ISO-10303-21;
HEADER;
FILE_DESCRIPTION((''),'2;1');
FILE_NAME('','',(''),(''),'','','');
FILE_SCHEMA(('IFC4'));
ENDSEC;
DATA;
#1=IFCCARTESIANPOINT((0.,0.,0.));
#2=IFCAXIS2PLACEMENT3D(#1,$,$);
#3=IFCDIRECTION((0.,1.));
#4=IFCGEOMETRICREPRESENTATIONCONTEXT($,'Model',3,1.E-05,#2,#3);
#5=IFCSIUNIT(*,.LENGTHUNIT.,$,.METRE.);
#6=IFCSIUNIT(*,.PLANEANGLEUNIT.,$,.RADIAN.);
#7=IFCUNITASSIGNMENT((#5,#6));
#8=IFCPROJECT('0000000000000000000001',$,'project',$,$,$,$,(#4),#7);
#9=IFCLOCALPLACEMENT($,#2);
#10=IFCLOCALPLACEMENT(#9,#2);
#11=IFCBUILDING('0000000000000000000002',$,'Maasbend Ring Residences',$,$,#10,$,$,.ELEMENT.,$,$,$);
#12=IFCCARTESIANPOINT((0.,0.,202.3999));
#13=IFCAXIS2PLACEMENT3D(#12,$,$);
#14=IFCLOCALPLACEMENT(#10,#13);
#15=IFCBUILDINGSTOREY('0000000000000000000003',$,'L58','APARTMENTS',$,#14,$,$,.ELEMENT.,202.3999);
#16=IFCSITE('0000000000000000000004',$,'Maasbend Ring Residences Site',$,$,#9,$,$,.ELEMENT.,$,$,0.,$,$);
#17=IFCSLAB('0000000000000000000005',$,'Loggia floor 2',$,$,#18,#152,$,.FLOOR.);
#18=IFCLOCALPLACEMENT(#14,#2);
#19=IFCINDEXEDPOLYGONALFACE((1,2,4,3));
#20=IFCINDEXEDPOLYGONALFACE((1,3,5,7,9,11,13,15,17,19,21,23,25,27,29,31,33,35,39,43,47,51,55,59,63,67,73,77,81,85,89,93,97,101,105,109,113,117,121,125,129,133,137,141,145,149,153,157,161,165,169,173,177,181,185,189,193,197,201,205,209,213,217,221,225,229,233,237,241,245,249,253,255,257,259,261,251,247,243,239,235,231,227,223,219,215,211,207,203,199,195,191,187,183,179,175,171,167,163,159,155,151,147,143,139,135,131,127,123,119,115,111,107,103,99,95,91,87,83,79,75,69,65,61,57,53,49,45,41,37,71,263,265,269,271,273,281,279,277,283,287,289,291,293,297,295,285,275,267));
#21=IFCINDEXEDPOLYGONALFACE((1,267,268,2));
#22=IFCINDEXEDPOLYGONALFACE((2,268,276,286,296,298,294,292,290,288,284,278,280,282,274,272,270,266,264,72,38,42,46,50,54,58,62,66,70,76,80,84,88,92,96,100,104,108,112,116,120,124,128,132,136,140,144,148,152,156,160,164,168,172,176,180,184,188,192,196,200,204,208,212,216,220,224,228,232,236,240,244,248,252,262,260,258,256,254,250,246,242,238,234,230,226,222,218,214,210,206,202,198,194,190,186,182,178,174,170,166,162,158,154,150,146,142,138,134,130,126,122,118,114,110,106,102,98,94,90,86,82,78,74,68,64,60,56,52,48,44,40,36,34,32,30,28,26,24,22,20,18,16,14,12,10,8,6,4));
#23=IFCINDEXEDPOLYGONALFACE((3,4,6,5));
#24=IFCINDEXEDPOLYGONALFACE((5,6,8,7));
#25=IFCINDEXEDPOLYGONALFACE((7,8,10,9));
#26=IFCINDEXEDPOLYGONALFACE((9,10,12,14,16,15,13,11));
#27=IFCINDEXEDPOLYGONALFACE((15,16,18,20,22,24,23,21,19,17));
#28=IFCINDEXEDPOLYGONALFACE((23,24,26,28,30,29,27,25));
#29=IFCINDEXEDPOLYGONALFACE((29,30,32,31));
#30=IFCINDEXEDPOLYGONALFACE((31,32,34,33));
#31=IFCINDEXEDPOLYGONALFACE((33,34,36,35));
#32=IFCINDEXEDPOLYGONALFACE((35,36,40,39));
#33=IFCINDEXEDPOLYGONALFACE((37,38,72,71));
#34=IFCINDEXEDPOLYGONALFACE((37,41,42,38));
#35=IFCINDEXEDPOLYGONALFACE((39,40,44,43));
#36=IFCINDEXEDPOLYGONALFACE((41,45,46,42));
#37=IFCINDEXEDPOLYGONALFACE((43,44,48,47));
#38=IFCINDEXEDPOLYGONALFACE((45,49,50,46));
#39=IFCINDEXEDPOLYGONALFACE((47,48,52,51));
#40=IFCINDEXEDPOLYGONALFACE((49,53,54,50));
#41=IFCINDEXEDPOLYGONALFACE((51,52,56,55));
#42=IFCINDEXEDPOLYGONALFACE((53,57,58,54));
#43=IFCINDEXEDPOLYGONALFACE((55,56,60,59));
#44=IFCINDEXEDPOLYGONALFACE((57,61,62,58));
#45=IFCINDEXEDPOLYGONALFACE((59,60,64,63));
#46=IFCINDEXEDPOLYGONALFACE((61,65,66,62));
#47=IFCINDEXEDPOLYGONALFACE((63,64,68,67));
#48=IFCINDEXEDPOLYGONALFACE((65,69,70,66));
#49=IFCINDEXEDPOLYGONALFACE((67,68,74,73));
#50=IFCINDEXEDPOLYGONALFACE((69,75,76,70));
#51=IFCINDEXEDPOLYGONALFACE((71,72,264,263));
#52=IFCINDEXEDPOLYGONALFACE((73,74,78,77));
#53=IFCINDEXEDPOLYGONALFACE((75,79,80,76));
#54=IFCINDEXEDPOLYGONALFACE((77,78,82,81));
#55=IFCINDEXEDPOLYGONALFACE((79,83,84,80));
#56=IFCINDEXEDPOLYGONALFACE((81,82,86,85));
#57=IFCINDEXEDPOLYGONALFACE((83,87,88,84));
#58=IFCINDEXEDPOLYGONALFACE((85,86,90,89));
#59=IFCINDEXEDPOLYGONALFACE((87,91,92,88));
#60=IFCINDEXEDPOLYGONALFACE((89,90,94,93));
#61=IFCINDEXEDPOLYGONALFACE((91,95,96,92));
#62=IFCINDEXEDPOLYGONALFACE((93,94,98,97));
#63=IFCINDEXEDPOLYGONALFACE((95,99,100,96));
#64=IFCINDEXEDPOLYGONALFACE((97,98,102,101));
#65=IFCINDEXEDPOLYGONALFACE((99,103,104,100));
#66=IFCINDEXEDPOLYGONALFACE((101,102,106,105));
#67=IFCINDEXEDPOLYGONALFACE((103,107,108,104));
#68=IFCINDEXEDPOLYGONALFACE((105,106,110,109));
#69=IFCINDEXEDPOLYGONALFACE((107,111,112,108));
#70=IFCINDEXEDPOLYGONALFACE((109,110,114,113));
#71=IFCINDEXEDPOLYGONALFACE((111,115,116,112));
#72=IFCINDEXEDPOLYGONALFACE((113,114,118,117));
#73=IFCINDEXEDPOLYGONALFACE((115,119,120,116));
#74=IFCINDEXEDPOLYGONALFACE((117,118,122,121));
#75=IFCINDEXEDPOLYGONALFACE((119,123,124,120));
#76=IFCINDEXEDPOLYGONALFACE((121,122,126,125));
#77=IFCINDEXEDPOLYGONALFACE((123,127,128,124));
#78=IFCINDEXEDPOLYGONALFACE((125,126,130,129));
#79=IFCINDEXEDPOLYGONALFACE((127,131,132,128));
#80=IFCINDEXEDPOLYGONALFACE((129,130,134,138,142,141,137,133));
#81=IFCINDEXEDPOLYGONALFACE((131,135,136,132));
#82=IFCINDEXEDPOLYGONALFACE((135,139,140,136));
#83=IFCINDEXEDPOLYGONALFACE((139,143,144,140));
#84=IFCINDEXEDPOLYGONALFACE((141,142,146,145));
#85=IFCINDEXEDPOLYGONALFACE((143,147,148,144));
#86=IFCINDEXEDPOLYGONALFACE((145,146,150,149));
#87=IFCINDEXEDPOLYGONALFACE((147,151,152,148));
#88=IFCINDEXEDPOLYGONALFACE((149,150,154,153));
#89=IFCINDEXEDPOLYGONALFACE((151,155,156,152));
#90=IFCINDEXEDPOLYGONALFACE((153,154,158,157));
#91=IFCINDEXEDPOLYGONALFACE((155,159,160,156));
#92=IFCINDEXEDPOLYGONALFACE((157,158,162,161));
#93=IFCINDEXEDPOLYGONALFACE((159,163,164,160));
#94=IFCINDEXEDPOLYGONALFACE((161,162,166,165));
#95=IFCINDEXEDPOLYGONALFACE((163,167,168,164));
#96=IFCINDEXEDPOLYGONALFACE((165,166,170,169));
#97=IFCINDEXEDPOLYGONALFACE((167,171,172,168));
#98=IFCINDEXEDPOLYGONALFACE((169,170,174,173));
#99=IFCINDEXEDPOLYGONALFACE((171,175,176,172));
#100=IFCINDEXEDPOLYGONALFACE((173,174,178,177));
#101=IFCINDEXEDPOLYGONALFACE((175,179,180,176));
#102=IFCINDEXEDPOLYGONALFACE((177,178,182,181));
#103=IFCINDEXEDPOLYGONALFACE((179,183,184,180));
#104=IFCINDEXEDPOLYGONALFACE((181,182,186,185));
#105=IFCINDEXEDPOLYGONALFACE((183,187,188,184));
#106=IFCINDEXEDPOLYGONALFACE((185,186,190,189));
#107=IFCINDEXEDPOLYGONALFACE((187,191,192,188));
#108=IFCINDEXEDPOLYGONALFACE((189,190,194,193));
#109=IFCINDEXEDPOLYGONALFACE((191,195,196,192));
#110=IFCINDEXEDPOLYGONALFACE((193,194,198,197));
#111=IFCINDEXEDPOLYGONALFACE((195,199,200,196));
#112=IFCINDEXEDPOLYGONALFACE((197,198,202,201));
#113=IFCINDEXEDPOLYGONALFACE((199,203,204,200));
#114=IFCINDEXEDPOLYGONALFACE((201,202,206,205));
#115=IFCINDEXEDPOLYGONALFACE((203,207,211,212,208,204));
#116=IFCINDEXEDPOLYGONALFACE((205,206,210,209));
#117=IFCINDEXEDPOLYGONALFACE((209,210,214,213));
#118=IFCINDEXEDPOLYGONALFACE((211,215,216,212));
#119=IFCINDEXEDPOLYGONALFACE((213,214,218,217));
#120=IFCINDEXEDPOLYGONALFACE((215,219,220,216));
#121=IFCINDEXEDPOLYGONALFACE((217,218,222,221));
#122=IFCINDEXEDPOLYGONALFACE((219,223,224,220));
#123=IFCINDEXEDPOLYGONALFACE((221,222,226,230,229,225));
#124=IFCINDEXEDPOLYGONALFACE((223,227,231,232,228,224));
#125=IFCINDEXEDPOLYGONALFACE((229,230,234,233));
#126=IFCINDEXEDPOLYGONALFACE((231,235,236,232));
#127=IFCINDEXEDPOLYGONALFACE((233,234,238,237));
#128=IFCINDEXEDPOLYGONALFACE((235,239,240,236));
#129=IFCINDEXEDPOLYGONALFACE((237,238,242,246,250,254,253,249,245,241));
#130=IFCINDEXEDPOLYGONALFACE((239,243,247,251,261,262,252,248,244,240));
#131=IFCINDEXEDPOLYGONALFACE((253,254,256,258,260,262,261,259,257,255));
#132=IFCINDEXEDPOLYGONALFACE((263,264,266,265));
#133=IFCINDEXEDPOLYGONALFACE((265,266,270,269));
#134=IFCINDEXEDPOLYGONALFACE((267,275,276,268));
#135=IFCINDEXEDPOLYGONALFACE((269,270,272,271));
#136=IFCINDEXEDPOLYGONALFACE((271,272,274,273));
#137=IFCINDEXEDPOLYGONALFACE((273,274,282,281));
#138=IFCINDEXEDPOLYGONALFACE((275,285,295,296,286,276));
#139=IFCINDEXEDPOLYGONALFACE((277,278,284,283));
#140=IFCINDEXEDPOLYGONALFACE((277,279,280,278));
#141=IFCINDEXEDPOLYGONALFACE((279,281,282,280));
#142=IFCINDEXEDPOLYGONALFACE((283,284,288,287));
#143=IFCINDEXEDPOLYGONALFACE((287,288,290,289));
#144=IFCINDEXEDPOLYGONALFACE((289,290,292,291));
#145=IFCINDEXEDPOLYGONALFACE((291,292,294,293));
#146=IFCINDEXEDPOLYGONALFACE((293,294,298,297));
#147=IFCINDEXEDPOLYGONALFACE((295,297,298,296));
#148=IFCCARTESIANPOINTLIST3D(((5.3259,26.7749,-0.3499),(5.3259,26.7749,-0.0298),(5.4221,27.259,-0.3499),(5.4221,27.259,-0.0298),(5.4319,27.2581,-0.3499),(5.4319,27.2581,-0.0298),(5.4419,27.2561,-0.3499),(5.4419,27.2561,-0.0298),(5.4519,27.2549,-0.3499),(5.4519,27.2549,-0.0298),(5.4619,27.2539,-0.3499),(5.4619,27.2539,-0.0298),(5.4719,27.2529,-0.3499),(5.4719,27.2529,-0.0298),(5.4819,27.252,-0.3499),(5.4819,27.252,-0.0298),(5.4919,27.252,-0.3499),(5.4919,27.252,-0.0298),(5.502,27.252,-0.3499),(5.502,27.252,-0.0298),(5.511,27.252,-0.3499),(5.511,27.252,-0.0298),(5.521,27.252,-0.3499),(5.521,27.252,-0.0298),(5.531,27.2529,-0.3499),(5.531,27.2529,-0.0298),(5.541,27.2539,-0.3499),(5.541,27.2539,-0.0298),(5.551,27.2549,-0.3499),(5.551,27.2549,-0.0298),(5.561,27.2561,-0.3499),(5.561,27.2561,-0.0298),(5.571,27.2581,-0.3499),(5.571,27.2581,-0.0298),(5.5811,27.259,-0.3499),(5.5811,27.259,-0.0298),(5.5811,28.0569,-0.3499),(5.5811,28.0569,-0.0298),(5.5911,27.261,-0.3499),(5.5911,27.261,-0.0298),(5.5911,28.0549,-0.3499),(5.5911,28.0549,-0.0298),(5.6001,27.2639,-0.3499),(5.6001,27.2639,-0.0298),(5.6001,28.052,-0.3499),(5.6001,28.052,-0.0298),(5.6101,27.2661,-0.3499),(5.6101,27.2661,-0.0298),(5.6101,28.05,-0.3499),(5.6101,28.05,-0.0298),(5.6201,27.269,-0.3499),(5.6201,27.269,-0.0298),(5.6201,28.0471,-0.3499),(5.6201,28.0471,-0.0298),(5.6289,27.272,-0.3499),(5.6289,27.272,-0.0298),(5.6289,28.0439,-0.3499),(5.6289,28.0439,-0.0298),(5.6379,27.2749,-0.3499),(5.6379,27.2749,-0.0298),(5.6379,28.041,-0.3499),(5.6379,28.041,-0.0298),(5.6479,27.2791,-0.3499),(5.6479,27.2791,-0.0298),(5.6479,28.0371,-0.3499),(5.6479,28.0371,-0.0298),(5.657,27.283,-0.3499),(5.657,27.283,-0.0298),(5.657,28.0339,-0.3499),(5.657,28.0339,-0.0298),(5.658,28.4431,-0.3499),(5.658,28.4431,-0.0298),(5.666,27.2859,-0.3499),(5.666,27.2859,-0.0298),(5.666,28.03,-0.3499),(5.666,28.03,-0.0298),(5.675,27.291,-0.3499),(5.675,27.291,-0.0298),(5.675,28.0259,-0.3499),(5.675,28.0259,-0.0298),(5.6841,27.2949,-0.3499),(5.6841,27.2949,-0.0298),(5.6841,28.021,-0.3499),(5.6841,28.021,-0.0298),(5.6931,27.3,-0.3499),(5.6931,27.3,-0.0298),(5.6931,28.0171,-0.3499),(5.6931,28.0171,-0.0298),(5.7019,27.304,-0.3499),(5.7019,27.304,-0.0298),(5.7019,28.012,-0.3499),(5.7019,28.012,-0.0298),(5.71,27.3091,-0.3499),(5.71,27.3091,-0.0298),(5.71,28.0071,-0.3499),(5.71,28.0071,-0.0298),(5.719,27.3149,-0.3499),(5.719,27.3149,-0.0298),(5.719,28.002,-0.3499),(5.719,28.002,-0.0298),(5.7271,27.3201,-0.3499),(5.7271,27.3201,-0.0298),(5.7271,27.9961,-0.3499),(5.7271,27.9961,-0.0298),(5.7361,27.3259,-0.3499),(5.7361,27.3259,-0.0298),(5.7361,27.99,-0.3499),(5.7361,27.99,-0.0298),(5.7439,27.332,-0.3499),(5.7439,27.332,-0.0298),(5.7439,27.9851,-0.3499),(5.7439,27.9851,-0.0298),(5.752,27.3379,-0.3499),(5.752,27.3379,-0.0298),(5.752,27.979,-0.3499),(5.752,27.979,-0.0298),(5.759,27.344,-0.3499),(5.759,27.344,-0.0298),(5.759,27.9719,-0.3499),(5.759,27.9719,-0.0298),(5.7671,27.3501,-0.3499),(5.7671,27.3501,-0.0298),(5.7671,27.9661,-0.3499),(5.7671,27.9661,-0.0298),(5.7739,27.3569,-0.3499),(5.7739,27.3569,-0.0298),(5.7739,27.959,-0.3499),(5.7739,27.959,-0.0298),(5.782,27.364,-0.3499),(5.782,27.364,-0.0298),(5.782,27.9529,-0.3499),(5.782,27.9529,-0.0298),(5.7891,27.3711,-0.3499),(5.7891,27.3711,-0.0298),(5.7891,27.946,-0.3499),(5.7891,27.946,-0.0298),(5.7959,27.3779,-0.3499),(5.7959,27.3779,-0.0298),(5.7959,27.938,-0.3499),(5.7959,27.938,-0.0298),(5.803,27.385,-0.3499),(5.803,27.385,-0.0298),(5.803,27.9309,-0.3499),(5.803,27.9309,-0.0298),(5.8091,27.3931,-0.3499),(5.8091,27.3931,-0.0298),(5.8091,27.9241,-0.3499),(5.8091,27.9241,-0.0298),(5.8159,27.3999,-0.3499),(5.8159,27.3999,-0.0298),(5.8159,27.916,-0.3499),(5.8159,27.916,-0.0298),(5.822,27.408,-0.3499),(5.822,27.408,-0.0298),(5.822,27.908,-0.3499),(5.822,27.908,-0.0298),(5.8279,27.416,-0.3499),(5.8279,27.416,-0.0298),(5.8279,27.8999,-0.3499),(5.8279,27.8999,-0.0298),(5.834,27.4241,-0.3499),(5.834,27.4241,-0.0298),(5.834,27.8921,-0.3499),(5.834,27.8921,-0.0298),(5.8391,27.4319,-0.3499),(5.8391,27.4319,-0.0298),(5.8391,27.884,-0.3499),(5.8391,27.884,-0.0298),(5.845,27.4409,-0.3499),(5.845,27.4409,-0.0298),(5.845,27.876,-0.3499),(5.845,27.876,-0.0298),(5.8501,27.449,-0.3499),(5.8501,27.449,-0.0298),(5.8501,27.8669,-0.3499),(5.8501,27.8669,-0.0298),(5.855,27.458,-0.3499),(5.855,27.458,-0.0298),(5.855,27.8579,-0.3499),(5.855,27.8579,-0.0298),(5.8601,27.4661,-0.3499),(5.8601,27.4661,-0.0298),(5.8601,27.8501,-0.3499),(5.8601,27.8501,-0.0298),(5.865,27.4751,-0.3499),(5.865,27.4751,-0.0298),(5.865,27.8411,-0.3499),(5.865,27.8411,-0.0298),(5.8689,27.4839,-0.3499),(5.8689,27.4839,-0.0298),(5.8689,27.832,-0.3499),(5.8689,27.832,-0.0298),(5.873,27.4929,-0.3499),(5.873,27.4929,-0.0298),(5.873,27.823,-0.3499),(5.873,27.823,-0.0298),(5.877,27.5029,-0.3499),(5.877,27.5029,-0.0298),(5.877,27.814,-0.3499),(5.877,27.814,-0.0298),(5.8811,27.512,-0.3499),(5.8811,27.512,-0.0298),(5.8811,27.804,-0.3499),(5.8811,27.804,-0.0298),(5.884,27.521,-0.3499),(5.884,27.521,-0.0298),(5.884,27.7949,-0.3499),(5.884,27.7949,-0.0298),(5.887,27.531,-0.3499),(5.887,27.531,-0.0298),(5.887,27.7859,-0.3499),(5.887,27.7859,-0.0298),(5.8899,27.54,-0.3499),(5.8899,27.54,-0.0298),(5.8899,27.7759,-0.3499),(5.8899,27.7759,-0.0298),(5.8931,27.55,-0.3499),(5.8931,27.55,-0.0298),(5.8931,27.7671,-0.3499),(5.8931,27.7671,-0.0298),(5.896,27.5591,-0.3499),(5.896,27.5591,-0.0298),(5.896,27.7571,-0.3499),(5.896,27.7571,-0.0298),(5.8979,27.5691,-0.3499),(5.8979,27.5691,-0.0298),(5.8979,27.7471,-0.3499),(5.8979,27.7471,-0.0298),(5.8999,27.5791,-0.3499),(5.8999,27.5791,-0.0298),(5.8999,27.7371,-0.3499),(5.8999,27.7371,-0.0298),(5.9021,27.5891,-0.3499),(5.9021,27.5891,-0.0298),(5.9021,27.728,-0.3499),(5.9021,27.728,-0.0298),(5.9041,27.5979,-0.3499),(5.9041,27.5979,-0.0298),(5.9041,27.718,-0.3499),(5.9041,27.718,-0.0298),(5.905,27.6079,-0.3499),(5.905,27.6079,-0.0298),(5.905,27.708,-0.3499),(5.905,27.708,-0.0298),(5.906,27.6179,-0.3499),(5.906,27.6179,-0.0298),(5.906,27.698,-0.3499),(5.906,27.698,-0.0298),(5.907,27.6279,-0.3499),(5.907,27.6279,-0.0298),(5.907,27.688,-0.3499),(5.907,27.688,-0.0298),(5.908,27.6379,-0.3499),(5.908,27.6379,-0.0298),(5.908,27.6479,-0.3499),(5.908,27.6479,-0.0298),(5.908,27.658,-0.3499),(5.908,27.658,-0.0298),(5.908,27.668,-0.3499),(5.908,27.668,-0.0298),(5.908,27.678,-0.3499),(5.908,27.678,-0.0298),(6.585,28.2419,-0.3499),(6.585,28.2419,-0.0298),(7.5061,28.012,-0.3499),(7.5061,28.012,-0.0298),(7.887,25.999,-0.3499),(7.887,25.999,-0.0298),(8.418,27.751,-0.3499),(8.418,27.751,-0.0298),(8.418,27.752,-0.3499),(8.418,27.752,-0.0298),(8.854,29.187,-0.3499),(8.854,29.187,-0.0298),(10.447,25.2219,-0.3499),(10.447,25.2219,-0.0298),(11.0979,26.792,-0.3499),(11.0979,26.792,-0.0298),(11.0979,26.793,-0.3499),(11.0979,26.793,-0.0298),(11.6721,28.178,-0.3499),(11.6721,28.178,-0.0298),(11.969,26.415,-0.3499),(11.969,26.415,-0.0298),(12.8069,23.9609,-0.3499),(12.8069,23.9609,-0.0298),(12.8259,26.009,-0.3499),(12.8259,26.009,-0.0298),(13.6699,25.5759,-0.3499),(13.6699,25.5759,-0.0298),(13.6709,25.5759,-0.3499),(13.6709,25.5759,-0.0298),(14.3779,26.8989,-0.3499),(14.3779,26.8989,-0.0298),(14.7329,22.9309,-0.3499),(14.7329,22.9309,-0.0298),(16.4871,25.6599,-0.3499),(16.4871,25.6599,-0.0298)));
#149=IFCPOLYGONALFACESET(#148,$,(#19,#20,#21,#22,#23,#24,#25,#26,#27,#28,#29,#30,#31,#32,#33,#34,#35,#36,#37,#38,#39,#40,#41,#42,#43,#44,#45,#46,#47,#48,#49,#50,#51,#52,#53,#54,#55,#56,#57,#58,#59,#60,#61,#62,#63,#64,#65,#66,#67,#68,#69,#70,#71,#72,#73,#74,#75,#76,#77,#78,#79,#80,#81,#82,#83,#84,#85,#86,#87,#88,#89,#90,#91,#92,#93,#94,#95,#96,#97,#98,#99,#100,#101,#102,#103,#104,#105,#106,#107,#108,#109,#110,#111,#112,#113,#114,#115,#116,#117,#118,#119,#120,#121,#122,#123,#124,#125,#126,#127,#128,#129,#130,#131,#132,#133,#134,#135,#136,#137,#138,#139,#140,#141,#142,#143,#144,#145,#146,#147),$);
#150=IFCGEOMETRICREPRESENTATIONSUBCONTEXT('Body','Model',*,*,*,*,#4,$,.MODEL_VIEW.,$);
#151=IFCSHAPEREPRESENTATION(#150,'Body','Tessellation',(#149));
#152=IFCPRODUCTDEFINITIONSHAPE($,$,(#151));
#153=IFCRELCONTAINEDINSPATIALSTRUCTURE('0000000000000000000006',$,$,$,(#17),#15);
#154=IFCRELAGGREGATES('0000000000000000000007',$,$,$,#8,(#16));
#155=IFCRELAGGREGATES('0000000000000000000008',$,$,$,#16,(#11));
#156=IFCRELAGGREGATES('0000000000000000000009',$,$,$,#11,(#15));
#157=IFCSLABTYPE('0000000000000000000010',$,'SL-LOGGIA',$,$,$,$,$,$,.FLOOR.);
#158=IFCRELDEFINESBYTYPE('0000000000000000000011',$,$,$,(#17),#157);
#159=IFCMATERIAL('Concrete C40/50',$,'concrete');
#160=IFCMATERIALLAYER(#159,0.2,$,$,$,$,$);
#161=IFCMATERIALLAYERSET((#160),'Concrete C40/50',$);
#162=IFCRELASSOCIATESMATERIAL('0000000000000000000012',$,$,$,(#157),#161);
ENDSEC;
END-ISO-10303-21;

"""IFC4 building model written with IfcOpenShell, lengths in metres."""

from ifc_helpers import new_model, si_unit, direction, frame, origin, place, context, subcontext, project, spatial, polyline, outline, extrude, material, layer, layer_set, type_object, element, save


model = new_model("IFC4")

# Units and contexts
model_context = context("Model", 3, precision=1e-05, world=origin(), true_north=direction((0.0, 1.0)))
body_context = subcontext(model_context, "Body", "Model", "MODEL_VIEW")
ifc_project = project(units=[si_unit("LENGTHUNIT", "METRE"), si_unit("PLANEANGLEUNIT", "RADIAN")], contexts=[model_context])

# Site, building, storey
site_placement = place(None, origin())
site = spatial("IfcSite", under=ifc_project, at=site_placement, Name="Maasbend Ring Residences Site", CompositionType="ELEMENT", RefElevation=0.0)
building_placement = place(site_placement, origin())
building = spatial("IfcBuilding", under=site, at=building_placement, Name="Maasbend Ring Residences", CompositionType="ELEMENT")
storey_placement = place(building_placement, frame((0.0, 0.0, 202.3999)))
storey = spatial("IfcBuildingStorey", under=building, at=storey_placement, Name="L58", Description="APARTMENTS", CompositionType="ELEMENT", Elevation=202.3999)

# Slab
ifc_material_1 = material(Name="Concrete C40/50", Category="concrete")
ifc_layer_1 = layer(ifc_material_1, 0.2)
ifc_layer_set_1 = layer_set([ifc_layer_1], Name="Concrete C40/50")
slab_type_1 = type_object("IfcSlabType", Name="SL-LOGGIA", PredefinedType="FLOOR", material=ifc_layer_set_1)
slab_1_placement = place(storey_placement, frame((0.0, 0.0, -0.3499)))
element("IfcSlab", 1, at=slab_1_placement, inside=storey, type_object=slab_type_1, Name="Loggia floor 2", PredefinedType="FLOOR", context=body_context, shape_type="SweptSolid", body=[
    extrude(outline(polyline([(5.4519, 27.2549), (5.4619, 27.2539), (5.4719, 27.2529), (5.4819, 27.252), (5.4919, 27.252), (5.502, 27.252), (5.511, 27.252), (5.521, 27.252), (5.531, 27.2529), (5.541, 27.2539), (5.551, 27.2549), (5.561, 27.2561), (5.571, 27.2581), (5.5811, 27.259), (5.5911, 27.261), (5.6001, 27.2639), (5.6101, 27.2661), (5.6201, 27.269), (5.6289, 27.272), (5.6379, 27.2749), (5.6479, 27.2791), (5.657, 27.283), (5.666, 27.2859), (5.675, 27.291), (5.6841, 27.2949), (5.6931, 27.3), (5.7019, 27.304), (5.71, 27.3091), (5.719, 27.3149), (5.7271, 27.3201), (5.7361, 27.3259), (5.7439, 27.332), (5.752, 27.3379), (5.759, 27.344), (5.7671, 27.3501), (5.7739, 27.3569), (5.782, 27.364), (5.7891, 27.3711), (5.7959, 27.3779), (5.803, 27.385), (5.8091, 27.3931), (5.8159, 27.3999), (5.822, 27.408), (5.8279, 27.416), (5.834, 27.4241), (5.8391, 27.4319), (5.845, 27.4409), (5.8501, 27.449), (5.855, 27.458), (5.8601, 27.4661), (5.865, 27.4751), (5.8689, 27.4839), (5.873, 27.4929), (5.877, 27.5029), (5.8811, 27.512), (5.884, 27.521), (5.887, 27.531), (5.8899, 27.54), (5.8931, 27.55), (5.896, 27.5591), (5.8979, 27.5691), (5.8999, 27.5791), (5.9021, 27.5891), (5.9041, 27.5979), (5.905, 27.6079), (5.906, 27.6179), (5.907, 27.6279), (5.908, 27.6379), (5.908, 27.6479), (5.908, 27.658), (5.908, 27.668), (5.908, 27.678), (5.907, 27.688), (5.906, 27.698), (5.905, 27.708), (5.9041, 27.718), (5.9021, 27.728), (5.8999, 27.7371), (5.8979, 27.7471), (5.896, 27.7571), (5.8931, 27.7671), (5.8899, 27.7759), (5.887, 27.7859), (5.884, 27.7949), (5.8811, 27.804), (5.877, 27.814), (5.873, 27.823), (5.8689, 27.832), (5.865, 27.8411), (5.8601, 27.8501), (5.855, 27.8579), (5.8501, 27.8669), (5.845, 27.876), (5.8391, 27.884), (5.834, 27.8921), (5.8279, 27.8999), (5.822, 27.908), (5.8159, 27.916), (5.8091, 27.9241), (5.803, 27.9309), (5.7959, 27.938), (5.7891, 27.946), (5.782, 27.9529), (5.7739, 27.959), (5.7671, 27.9661), (5.759, 27.9719), (5.752, 27.979), (5.7439, 27.9851), (5.7361, 27.99), (5.7271, 27.9961), (5.719, 28.002), (5.71, 28.0071), (5.7019, 28.012), (5.6931, 28.0171), (5.6841, 28.021), (5.675, 28.0259), (5.666, 28.03), (5.657, 28.0339), (5.6479, 28.0371), (5.6379, 28.041), (5.6289, 28.0439), (5.6201, 28.0471), (5.6101, 28.05), (5.6001, 28.052), (5.5911, 28.0549), (5.5811, 28.0569), (5.658, 28.4431), (5.658, 28.4431), (5.658, 28.4431), (6.585, 28.2419), (6.585, 28.2419), (7.5061, 28.012), (7.5061, 28.012), (8.418, 27.751), (8.418, 27.751), (8.418, 27.751), (8.418, 27.751), (8.418, 27.751), (8.418, 27.751), (8.418, 27.751), (8.418, 27.751), (8.418, 27.751), (8.418, 27.751), (8.418, 27.752), (8.418, 27.752), (8.418, 27.752), (8.418, 27.752), (8.418, 27.752), (8.418, 27.752), (8.418, 27.752), (8.854, 29.187), (8.854, 29.187), (8.854, 29.187), (11.6721, 28.178), (11.6721, 28.178), (11.6721, 28.178), (11.0979, 26.793), (11.0979, 26.793), (11.0979, 26.793), (11.0979, 26.793), (11.0979, 26.793), (11.0979, 26.793), (11.0979, 26.793), (11.0979, 26.793), (11.0979, 26.793), (11.0979, 26.793), (11.0979, 26.792), (11.0979, 26.792), (11.0979, 26.792), (11.0979, 26.792), (11.0979, 26.792), (11.0979, 26.792), (11.0979, 26.792), (11.969, 26.415), (11.969, 26.415), (12.8259, 26.009), (12.8259, 26.009), (13.6699, 25.5759), (13.6699, 25.5759), (13.6699, 25.5759), (13.6699, 25.5759), (13.6699, 25.5759), (13.6699, 25.5759), (13.6699, 25.5759), (13.6699, 25.5759), (13.6699, 25.5759), (13.6699, 25.5759), (13.6709, 25.5759), (13.6709, 25.5759), (13.6709, 25.5759), (13.6709, 25.5759), (13.6709, 25.5759), (13.6709, 25.5759), (13.6709, 25.5759), (14.3779, 26.8989), (14.3779, 26.8989), (14.3779, 26.8989), (16.4871, 25.6599), (16.4871, 25.6599), (16.4871, 25.6599), (14.7329, 22.9309), (14.7329, 22.9309), (14.7329, 22.9309), (12.8069, 23.9609), (10.447, 25.2219), (10.447, 25.2219), (10.447, 25.2219), (7.887, 25.999), (5.3259, 26.7749), (5.3259, 26.7749), (5.3259, 26.7749), (5.4221, 27.259), (5.4319, 27.2581), (5.4419, 27.2561), (5.4519, 27.2549)])), origin(), (0.0, 0.0, 1.0), 0.3201),
])

save(model, "model.ifc")
